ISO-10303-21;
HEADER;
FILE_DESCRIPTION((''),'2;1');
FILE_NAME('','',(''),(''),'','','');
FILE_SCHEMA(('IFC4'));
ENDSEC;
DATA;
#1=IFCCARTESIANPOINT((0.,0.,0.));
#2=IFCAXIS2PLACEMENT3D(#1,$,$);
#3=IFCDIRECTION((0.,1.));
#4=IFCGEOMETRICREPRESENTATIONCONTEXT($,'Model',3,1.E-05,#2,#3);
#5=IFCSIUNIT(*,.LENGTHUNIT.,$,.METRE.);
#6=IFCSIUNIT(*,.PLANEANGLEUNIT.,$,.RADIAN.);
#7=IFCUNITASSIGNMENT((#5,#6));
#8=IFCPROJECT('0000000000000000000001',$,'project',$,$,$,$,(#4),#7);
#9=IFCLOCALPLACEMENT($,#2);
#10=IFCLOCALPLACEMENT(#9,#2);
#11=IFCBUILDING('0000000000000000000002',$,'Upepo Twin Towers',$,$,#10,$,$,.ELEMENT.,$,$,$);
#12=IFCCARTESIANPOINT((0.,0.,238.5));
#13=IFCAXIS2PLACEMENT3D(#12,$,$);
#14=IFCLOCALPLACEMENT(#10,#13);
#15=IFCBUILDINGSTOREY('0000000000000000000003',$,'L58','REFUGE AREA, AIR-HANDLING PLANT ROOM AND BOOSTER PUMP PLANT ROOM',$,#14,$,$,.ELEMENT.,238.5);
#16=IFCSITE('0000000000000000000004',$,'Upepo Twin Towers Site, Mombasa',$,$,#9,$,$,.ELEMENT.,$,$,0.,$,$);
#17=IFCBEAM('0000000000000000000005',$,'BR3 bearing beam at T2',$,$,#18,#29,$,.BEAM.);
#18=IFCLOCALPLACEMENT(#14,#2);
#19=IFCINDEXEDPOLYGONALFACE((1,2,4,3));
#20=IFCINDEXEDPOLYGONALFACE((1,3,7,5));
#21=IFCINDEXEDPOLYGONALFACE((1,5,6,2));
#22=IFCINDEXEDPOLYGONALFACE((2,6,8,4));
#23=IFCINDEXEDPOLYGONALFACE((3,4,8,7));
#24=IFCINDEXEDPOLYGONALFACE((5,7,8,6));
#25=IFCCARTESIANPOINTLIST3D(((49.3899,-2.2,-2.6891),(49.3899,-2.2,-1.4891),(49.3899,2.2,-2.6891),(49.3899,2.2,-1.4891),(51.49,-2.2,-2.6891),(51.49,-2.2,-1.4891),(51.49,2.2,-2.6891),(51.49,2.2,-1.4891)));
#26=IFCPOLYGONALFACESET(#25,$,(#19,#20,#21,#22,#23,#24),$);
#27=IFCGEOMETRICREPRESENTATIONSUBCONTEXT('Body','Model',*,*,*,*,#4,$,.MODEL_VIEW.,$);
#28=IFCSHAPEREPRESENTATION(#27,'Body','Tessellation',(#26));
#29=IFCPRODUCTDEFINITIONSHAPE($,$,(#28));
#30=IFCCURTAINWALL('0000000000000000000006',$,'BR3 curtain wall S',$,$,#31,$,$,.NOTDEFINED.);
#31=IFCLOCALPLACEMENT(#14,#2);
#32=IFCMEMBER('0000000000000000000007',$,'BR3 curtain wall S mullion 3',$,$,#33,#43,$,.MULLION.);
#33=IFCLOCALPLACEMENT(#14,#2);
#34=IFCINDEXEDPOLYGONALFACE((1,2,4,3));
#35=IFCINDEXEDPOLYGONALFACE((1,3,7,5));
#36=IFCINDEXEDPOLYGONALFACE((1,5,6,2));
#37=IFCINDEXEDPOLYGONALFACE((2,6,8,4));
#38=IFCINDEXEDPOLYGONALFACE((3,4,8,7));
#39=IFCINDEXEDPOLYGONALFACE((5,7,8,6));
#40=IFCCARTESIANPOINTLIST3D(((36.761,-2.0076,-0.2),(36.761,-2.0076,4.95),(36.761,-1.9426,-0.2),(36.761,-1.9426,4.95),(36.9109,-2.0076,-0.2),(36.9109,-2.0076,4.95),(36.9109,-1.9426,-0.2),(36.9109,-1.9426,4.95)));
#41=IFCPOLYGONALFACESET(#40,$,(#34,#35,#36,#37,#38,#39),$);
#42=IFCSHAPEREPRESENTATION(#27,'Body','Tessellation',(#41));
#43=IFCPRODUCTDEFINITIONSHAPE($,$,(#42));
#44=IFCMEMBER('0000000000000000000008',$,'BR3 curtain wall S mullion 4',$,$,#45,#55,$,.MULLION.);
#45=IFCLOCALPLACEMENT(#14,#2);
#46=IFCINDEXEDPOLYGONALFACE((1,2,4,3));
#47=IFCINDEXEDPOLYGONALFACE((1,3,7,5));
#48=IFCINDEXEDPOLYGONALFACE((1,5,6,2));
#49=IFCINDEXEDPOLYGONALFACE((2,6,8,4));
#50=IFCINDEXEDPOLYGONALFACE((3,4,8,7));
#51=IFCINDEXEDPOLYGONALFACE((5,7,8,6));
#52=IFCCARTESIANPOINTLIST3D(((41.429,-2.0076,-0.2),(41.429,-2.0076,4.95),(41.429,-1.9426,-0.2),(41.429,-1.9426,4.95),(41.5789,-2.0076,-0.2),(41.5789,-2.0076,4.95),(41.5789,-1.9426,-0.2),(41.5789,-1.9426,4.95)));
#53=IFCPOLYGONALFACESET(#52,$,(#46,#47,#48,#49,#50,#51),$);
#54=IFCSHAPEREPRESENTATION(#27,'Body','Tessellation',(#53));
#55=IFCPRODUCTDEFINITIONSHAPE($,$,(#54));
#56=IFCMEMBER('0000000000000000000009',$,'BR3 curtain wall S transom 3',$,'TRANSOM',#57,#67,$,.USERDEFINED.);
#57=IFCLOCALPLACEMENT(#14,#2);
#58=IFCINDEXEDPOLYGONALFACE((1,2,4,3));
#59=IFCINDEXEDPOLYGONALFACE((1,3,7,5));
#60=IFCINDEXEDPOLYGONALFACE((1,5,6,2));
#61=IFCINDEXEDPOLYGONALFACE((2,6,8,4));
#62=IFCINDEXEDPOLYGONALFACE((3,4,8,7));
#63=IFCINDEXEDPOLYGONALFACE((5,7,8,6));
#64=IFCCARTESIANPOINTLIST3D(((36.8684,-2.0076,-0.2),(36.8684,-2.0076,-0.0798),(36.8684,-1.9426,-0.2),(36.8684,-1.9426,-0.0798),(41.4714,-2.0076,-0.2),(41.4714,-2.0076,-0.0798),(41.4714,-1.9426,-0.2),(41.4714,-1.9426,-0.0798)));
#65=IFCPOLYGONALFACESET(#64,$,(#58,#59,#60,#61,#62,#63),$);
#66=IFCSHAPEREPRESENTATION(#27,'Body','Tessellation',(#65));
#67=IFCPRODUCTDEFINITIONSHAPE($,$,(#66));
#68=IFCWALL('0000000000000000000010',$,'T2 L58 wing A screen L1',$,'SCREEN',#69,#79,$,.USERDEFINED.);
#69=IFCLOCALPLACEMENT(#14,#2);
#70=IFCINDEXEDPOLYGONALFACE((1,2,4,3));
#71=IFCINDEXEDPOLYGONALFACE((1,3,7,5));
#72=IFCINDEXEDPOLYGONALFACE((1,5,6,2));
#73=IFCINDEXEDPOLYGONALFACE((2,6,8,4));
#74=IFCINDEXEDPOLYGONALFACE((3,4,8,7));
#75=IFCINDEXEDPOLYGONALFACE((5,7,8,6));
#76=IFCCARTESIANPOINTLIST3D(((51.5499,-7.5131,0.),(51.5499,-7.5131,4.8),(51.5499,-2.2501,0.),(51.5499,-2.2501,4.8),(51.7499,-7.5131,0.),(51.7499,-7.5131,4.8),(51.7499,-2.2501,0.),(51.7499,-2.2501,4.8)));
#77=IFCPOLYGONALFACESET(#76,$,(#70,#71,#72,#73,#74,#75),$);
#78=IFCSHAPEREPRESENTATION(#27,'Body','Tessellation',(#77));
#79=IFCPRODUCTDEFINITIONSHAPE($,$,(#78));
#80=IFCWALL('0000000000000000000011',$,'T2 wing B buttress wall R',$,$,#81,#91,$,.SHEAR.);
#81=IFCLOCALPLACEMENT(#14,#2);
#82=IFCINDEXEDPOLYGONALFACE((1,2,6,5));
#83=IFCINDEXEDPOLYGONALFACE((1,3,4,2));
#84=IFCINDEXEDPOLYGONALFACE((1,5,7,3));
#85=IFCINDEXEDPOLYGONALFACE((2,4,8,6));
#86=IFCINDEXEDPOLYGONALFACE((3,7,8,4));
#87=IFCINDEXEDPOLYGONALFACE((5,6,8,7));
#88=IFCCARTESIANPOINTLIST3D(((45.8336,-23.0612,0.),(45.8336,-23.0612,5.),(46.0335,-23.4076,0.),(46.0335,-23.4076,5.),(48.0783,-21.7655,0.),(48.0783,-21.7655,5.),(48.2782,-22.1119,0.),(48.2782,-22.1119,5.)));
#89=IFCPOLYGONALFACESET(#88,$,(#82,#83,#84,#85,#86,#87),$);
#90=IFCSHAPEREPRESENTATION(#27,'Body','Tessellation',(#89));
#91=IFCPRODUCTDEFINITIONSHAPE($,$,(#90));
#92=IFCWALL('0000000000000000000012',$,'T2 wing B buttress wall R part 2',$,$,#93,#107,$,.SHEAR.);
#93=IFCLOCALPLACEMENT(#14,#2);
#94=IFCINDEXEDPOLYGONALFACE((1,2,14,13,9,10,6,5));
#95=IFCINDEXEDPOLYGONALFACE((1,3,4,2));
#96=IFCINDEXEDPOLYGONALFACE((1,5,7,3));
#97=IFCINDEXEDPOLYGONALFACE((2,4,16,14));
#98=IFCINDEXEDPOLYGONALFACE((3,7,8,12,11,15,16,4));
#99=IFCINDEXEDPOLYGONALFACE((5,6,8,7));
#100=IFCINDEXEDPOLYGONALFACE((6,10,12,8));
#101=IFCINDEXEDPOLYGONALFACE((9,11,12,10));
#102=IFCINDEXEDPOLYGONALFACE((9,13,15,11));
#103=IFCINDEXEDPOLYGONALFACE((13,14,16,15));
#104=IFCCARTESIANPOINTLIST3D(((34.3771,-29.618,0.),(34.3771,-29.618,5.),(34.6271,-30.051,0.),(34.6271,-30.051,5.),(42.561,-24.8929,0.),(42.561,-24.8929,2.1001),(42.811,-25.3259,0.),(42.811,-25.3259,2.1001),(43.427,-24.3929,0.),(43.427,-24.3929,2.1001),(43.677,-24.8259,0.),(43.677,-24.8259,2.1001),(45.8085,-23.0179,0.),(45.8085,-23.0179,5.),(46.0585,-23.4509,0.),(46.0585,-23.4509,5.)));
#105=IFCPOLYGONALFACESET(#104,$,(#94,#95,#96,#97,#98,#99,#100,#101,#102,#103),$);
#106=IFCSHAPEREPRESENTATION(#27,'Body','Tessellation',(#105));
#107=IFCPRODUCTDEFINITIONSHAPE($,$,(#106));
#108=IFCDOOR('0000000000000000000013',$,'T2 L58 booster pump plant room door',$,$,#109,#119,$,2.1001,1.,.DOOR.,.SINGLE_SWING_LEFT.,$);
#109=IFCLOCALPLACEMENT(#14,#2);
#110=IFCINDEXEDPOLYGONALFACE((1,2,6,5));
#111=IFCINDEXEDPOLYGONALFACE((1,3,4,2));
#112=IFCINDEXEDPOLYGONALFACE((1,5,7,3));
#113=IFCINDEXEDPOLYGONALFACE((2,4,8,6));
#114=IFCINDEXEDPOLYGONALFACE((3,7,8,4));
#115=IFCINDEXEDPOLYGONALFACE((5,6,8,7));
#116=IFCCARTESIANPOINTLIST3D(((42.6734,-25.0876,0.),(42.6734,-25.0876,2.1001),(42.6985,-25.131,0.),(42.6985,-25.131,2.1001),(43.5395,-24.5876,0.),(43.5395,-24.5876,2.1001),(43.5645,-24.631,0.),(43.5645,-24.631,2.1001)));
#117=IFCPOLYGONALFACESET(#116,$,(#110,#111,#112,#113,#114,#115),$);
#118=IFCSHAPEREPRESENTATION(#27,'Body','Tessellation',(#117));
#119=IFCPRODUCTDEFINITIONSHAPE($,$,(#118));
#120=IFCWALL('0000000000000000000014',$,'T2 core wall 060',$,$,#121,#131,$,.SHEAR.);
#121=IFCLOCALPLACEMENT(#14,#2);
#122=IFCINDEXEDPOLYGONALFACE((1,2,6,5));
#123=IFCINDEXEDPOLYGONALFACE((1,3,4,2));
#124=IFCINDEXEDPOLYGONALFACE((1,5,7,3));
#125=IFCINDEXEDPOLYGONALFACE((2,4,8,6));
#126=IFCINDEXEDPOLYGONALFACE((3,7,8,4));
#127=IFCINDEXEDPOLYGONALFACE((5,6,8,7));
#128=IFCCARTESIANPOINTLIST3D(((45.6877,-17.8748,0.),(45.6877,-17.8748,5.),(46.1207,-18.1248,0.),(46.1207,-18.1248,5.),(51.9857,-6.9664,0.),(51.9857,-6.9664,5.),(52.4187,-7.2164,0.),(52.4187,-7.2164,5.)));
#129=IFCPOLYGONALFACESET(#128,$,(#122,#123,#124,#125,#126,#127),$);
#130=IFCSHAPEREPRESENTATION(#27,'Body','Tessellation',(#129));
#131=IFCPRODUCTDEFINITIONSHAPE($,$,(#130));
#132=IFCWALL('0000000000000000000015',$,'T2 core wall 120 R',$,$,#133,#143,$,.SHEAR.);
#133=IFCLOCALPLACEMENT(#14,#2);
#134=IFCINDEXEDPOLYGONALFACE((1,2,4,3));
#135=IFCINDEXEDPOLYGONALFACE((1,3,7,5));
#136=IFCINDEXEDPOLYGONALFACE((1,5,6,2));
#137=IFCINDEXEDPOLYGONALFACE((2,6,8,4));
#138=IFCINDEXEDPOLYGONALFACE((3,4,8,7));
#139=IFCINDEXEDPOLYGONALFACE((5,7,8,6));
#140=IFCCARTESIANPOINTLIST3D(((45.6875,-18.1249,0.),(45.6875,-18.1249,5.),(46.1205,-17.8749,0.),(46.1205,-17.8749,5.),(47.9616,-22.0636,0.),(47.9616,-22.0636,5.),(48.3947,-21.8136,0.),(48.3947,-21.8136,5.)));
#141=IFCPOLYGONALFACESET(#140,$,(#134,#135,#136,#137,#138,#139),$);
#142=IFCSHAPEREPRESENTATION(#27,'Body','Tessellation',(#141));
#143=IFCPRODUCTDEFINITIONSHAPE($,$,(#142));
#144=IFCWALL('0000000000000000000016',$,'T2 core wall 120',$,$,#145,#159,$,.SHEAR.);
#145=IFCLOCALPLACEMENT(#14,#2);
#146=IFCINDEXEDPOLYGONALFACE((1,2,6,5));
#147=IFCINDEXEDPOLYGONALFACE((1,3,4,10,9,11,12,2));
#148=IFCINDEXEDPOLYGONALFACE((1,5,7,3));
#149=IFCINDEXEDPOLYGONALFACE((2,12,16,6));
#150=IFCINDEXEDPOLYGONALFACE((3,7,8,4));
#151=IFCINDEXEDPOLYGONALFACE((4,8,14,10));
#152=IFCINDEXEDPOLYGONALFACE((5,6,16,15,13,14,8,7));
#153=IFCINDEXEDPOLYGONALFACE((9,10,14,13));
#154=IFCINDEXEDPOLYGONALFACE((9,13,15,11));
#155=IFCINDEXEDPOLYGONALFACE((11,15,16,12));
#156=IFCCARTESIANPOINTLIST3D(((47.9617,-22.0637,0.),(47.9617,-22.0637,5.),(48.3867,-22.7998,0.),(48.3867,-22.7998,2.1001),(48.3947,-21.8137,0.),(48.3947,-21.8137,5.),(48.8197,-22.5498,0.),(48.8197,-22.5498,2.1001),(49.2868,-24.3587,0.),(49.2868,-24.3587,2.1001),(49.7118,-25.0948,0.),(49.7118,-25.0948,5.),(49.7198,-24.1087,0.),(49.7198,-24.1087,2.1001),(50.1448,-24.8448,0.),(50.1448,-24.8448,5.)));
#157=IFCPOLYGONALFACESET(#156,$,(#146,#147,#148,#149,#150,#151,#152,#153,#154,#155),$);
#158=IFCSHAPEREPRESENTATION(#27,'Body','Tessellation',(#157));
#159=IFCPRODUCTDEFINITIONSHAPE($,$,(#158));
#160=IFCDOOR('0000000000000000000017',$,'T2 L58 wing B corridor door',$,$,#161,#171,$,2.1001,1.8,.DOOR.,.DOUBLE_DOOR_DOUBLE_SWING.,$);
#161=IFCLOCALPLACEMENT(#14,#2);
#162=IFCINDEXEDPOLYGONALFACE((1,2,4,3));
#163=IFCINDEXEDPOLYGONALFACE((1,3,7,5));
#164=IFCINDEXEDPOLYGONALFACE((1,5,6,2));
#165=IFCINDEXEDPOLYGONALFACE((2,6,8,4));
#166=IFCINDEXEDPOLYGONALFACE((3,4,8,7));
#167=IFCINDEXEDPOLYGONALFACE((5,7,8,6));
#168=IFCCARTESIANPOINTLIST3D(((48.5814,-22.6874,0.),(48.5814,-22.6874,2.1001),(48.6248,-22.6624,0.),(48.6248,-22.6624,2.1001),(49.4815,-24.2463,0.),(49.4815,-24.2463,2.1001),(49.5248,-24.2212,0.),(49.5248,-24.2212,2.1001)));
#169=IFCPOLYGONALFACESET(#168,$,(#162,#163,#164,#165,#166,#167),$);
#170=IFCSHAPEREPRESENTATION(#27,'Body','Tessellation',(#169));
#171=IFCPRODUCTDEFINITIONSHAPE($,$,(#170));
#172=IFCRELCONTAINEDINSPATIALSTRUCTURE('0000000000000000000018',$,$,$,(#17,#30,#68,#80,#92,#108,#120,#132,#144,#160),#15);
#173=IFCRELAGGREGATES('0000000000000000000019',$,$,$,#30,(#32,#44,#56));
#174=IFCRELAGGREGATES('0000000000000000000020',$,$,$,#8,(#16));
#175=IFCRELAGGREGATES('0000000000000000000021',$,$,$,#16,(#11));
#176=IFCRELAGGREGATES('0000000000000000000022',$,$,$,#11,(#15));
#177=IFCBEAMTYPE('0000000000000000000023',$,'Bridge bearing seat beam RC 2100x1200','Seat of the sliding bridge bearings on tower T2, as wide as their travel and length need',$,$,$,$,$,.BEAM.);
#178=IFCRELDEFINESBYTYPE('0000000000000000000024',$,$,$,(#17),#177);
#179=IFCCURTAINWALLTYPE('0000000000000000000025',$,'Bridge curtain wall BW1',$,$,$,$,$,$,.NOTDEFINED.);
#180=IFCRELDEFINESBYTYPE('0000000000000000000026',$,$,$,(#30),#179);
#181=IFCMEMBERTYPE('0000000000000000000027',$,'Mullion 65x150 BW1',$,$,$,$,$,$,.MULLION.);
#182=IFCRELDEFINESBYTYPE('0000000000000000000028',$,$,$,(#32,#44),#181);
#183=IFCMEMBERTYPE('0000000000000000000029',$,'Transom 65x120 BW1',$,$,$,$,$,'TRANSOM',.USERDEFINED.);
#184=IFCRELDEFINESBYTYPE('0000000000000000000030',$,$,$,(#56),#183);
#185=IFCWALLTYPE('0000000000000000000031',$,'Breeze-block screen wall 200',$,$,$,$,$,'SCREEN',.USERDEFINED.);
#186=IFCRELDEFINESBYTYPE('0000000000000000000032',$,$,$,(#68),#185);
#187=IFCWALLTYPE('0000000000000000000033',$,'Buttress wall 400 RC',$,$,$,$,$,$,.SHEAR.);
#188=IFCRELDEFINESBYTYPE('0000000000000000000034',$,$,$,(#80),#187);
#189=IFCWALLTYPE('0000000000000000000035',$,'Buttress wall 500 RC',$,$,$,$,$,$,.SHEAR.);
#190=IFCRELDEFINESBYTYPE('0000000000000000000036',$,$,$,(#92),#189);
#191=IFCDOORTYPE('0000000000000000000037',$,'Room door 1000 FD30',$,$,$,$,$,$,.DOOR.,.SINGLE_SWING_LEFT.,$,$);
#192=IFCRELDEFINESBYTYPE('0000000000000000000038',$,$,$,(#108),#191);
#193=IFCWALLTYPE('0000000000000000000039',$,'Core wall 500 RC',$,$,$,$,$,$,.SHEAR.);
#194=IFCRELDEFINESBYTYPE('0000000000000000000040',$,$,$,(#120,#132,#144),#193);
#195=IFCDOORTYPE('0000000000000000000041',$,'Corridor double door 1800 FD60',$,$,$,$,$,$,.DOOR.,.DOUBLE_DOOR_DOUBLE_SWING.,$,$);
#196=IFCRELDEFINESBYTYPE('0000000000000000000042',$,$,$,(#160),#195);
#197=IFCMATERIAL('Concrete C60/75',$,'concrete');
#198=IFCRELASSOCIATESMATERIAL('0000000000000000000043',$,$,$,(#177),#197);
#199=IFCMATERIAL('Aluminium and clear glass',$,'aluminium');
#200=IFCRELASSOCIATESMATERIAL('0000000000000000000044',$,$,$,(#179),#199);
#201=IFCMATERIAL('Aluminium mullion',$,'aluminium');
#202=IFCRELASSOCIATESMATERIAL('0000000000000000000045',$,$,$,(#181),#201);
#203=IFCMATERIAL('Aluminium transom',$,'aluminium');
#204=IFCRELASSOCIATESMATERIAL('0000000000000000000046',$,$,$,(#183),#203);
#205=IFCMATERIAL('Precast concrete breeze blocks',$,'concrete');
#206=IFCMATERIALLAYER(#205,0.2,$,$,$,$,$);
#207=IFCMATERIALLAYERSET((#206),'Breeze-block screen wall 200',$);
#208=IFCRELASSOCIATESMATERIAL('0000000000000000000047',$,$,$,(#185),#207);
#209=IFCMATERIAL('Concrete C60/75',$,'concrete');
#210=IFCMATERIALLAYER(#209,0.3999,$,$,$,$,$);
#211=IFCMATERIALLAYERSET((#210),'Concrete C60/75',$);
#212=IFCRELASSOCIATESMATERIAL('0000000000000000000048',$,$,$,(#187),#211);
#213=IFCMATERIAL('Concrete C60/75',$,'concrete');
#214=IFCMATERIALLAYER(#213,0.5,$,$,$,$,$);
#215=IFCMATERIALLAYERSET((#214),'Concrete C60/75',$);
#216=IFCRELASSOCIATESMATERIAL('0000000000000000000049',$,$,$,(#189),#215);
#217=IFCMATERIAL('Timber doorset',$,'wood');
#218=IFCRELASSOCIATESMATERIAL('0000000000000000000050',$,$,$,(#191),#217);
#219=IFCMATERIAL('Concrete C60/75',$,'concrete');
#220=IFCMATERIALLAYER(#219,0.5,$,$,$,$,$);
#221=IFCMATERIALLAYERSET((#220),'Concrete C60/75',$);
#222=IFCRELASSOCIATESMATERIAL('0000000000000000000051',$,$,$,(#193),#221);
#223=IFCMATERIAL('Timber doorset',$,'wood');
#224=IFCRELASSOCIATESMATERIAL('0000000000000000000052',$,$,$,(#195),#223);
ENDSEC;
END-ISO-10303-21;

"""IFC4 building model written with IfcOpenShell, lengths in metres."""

from ifc_helpers import new_model, si_unit, direction, frame, frame_2d, origin, origin_2d, place, context, subcontext, project, spatial, rectangle, extrude, material, layer, layer_set, material_profile, profile_set, type_object, element, fill, aggregate, save


model = new_model("IFC4")

# Units and contexts
model_context = context("Model", 3, precision=1e-05, world=origin(), true_north=direction((0.0, 1.0)))
body_context = subcontext(model_context, "Body", "Model", "MODEL_VIEW")
ifc_project = project(units=[si_unit("LENGTHUNIT", "METRE"), si_unit("PLANEANGLEUNIT", "RADIAN")], contexts=[model_context])

# Site, building, storey
site_placement = place(None, origin())
site = spatial("IfcSite", under=ifc_project, at=site_placement, Name="Upepo Twin Towers Site, Mombasa", CompositionType="ELEMENT", RefElevation=0.0)
building_placement = place(site_placement, origin())
building = spatial("IfcBuilding", under=site, at=building_placement, Name="Upepo Twin Towers", CompositionType="ELEMENT")
storey_placement = place(building_placement, frame((0.0, 0.0, 238.5)))
storey = spatial("IfcBuildingStorey", under=building, at=storey_placement, Name="L58", Description="REFUGE AREA, AIR-HANDLING PLANT ROOM AND BOOSTER PUMP PLANT ROOM", CompositionType="ELEMENT", Elevation=238.5)

# Beam
ifc_material_1 = material(Name="Concrete C60/75", Category="concrete")
ifc_material_profile_1 = material_profile(ifc_material_1, rectangle(XDim=2.1001, YDim=1.2, at=origin_2d()), Name="RC 2100x1200")
ifc_profile_set_1 = profile_set([ifc_material_profile_1], Name="Concrete C60/75")
beam_type_1 = type_object("IfcBeamType", Name="Bridge bearing seat beam RC 2100x1200", Description="Seat of the sliding bridge bearings on tower T2, as wide as their travel and length need", PredefinedType="BEAM", material=ifc_profile_set_1)
beam_1_placement = place(storey_placement, frame((50.4399, -2.2, -2.0891), z_axis=(0.0, 1.0, 0.0), x_axis=(-1.0, 0.0, 0.0)))
element("IfcBeam", 1, at=beam_1_placement, inside=storey, type_object=beam_type_1, Name="BR3 bearing beam at T2", PredefinedType="BEAM", context=body_context, shape_type="SweptSolid", body=[
    extrude(rectangle(XDim=2.1001, YDim=1.2, at=origin_2d()), origin(), (0.0, 0.0, 1.0), 4.3999),
])

# Curtain wall, members
ifc_material_2 = material(Name="Aluminium and clear glass", Category="aluminium")
curtain_wall_type = type_object("IfcCurtainWallType", Name="Bridge curtain wall BW1", PredefinedType="NOTDEFINED", material=ifc_material_2)
curtain_wall_placement = place(storey_placement, origin())
curtain_wall = element("IfcCurtainWall", 2, at=curtain_wall_placement, inside=storey, type_object=curtain_wall_type, Name="BR3 curtain wall S", PredefinedType="NOTDEFINED")
ifc_material_3 = material(Name="Aluminium mullion", Category="aluminium")
ifc_material_profile_2 = material_profile(ifc_material_3, rectangle(XDim=0.0649, YDim=0.1499, at=origin_2d()), Name="MULLION 65x150 BRIDGE")
ifc_profile_set_2 = profile_set([ifc_material_profile_2], Name="Aluminium mullion")
member_type_1 = type_object("IfcMemberType", Name="Mullion 65x150 BW1", PredefinedType="MULLION", material=ifc_profile_set_2)
member_1_placement = place(storey_placement, frame((36.8359, -1.9751, -0.2), z_axis=(0.0, 0.0, 1.0), x_axis=(0.0, 1.0, 0.0)))
member_1 = element("IfcMember", 3, at=member_1_placement, type_object=member_type_1, Name="BR3 curtain wall S mullion 3", PredefinedType="MULLION", context=body_context, shape_type="SweptSolid", body=[
    extrude(rectangle(XDim=0.0649, YDim=0.1499, at=origin_2d()), origin(), (0.0, 0.0, 1.0), 5.1499),
])
member_2_placement = place(storey_placement, frame((41.5039, -1.9751, -0.2), z_axis=(0.0, 0.0, 1.0), x_axis=(0.0, 1.0, 0.0)))
member_2 = element("IfcMember", 4, at=member_2_placement, type_object=member_type_1, Name="BR3 curtain wall S mullion 4", PredefinedType="MULLION", context=body_context, shape_type="SweptSolid", body=[
    extrude(rectangle(XDim=0.0649, YDim=0.1499, at=origin_2d()), origin(), (0.0, 0.0, 1.0), 5.1499),
])
ifc_material_4 = material(Name="Aluminium transom", Category="aluminium")
ifc_material_profile_3 = material_profile(ifc_material_4, rectangle(XDim=0.0649, YDim=0.1201, at=origin_2d()), Name="TRANSOM 65x120 BRIDGE")
ifc_profile_set_3 = profile_set([ifc_material_profile_3], Name="Aluminium transom")
member_type_2 = type_object("IfcMemberType", Name="Transom 65x120 BW1", ElementType="TRANSOM", PredefinedType="USERDEFINED", material=ifc_profile_set_3)
member_3_placement = place(storey_placement, frame((36.8684, -1.9751, -0.1399), z_axis=(1.0, 0.0, 0.0), x_axis=(0.0, 1.0, 0.0)))
member_3 = element("IfcMember", 5, at=member_3_placement, type_object=member_type_2, Name="BR3 curtain wall S transom 3", ObjectType="TRANSOM", PredefinedType="USERDEFINED", context=body_context, shape_type="SweptSolid", body=[
    extrude(rectangle(XDim=0.0649, YDim=0.1201, at=origin_2d()), origin(), (0.0, 0.0, 1.0), 4.603),
])
aggregate(curtain_wall, [member_1, member_2, member_3])

# Walls
ifc_material_5 = material(Name="Precast concrete breeze blocks", Category="concrete")
ifc_layer_1 = layer(ifc_material_5, 0.2)
ifc_layer_set_1 = layer_set([ifc_layer_1], Name="Breeze-block screen wall 200")
wall_type_1 = type_object("IfcWallType", Name="Breeze-block screen wall 200", ElementType="SCREEN", PredefinedType="USERDEFINED", material=ifc_layer_set_1)
wall_1_placement = place(storey_placement, frame((51.6499, -7.5129, 0.0), z_axis=(0.0, 0.0, 1.0), x_axis=(0.0, 1.0, 0.0)))
element("IfcWall", 6, at=wall_1_placement, inside=storey, type_object=wall_type_1, Name="T2 L58 wing A screen L1", ObjectType="SCREEN", PredefinedType="USERDEFINED", context=body_context, shape_type="SweptSolid", body=[
    extrude(rectangle(XDim=5.2629, YDim=0.2, at=frame_2d((2.6313, 0.0))), origin(), (0.0, 0.0, 1.0), 4.8),
])
ifc_material_6 = material(Name="Concrete C60/75", Category="concrete")
ifc_layer_2 = layer(ifc_material_6, 0.3999)
ifc_layer_set_2 = layer_set([ifc_layer_2], Name="Concrete C60/75")
wall_type_2 = type_object("IfcWallType", Name="Buttress wall 400 RC", PredefinedType="SHEAR", material=ifc_layer_set_2)
wall_2_placement = place(storey_placement, frame((48.1782, -21.9387, 0.0), z_axis=(0.0, 0.0, 1.0), x_axis=(-0.866073, -0.499918, 0.0)))
element("IfcWall", 7, at=wall_2_placement, inside=storey, type_object=wall_type_2, Name="T2 wing B buttress wall R", PredefinedType="SHEAR", context=body_context, shape_type="SweptSolid", body=[
    extrude(rectangle(XDim=2.5918, YDim=0.3999, at=frame_2d((1.2959, 0.0))), origin(), (0.0, 0.0, 1.0), 5.0),
])

# Wall, opening, door
ifc_material_7 = material(Name="Concrete C60/75", Category="concrete")
ifc_layer_3 = layer(ifc_material_7, 0.5)
ifc_layer_set_3 = layer_set([ifc_layer_3], Name="Concrete C60/75")
wall_type_3 = type_object("IfcWallType", Name="Buttress wall 500 RC", PredefinedType="SHEAR", material=ifc_layer_set_3)
wall_3_placement = place(storey_placement, frame((45.9336, -23.2344, 0.0), z_axis=(0.0, 0.0, 1.0), x_axis=(-0.86602, -0.50001, 0.0)))
wall_3 = element("IfcWall", 8, at=wall_3_placement, inside=storey, type_object=wall_type_3, Name="T2 wing B buttress wall R part 2", PredefinedType="SHEAR", context=body_context, shape_type="SweptSolid", body=[
    extrude(rectangle(XDim=13.2, YDim=0.5, at=frame_2d((6.6001, 0.0))), origin(), (0.0, 0.0, 1.0), 5.0),
])
opening_1_placement = place(wall_3_placement, frame((2.75, 0.0, 0.0)))
opening_1 = element("IfcOpeningElement", 9, at=opening_1_placement, cuts=wall_3, PredefinedType="OPENING", context=body_context, shape_type="SweptSolid", body=[
    extrude(rectangle(XDim=1.0, YDim=2.1001, at=frame_2d((0.5, 1.05))), frame((0.0, 0.26, 0.0), z_axis=(0.0, -1.0, 0.0), x_axis=(1.0, 0.0, 0.0)), (0.0, 0.0, 1.0), 0.52),
])
ifc_material_8 = material(Name="Timber doorset", Category="wood")
door_type_1 = type_object("IfcDoorType", Name="Room door 1000 FD30", OperationType="SINGLE_SWING_LEFT", PredefinedType="DOOR", material=ifc_material_8)
door_1_placement = place(opening_1_placement, origin())
door_1 = element("IfcDoor", 10, at=door_1_placement, inside=storey, type_object=door_type_1, Name="T2 L58 booster pump plant room door", OperationType="SINGLE_SWING_LEFT", OverallHeight=2.1001, OverallWidth=1.0, PredefinedType="DOOR", context=body_context, shape_type="SweptSolid", body=[
    extrude(rectangle(XDim=1.0, YDim=2.1001, at=frame_2d((0.5, 1.05))), frame((0.0, 0.0249, 0.0), z_axis=(0.0, -1.0, 0.0), x_axis=(1.0, 0.0, 0.0)), (0.0, 0.0, 1.0), 0.05),
])
fill(opening_1, door_1)

# Walls
ifc_material_9 = material(Name="Concrete C60/75", Category="concrete")
ifc_layer_4 = layer(ifc_material_9, 0.5)
ifc_layer_set_4 = layer_set([ifc_layer_4], Name="Concrete C60/75")
wall_type_4 = type_object("IfcWallType", Name="Core wall 500 RC", PredefinedType="SHEAR", material=ifc_layer_set_4)
wall_4_placement = place(storey_placement, frame((52.2021, -7.0916, 0.0), z_axis=(0.0, 0.0, 1.0), x_axis=(-0.500006, -0.866022, 0.0)))
element("IfcWall", 11, at=wall_4_placement, inside=storey, type_object=wall_type_4, Name="T2 core wall 060", PredefinedType="SHEAR", context=body_context, shape_type="SweptSolid", body=[
    extrude(rectangle(XDim=12.5959, YDim=0.5, at=frame_2d((6.2979, 0.0))), origin(), (0.0, 0.0, 1.0), 5.0),
])
wall_5_placement = place(storey_placement, frame((45.9041, -18.0, 0.0), z_axis=(0.0, 0.0, 1.0), x_axis=(0.500024, -0.866011, 0.0)))
element("IfcWall", 12, at=wall_5_placement, inside=storey, type_object=wall_type_4, Name="T2 core wall 120 R", PredefinedType="SHEAR", context=body_context, shape_type="SweptSolid", body=[
    extrude(rectangle(XDim=4.5481, YDim=0.5, at=frame_2d((2.2739, 0.0))), origin(), (0.0, 0.0, 1.0), 5.0),
])

# Wall, opening, door
wall_6_placement = place(storey_placement, frame((48.1782, -21.9387, 0.0), z_axis=(0.0, 0.0, 1.0), x_axis=(0.50001, -0.866019, 0.0)))
wall_6 = element("IfcWall", 13, at=wall_6_placement, inside=storey, type_object=wall_type_4, Name="T2 core wall 120", PredefinedType="SHEAR", context=body_context, shape_type="SweptSolid", body=[
    extrude(rectangle(XDim=3.5, YDim=0.5, at=frame_2d((1.75, 0.0))), origin(), (0.0, 0.0, 1.0), 5.0),
])
opening_2_placement = place(wall_6_placement, frame((0.8501, 0.0, 0.0)))
opening_2 = element("IfcOpeningElement", 14, at=opening_2_placement, cuts=wall_6, PredefinedType="OPENING", context=body_context, shape_type="SweptSolid", body=[
    extrude(rectangle(XDim=1.8, YDim=2.1001, at=frame_2d((0.8999, 1.05))), frame((0.0, 0.26, 0.0), z_axis=(0.0, -1.0, 0.0), x_axis=(1.0, 0.0, 0.0)), (0.0, 0.0, 1.0), 0.52),
])
ifc_material_10 = material(Name="Timber doorset", Category="wood")
door_type_2 = type_object("IfcDoorType", Name="Corridor double door 1800 FD60", OperationType="DOUBLE_DOOR_DOUBLE_SWING", PredefinedType="DOOR", material=ifc_material_10)
door_2_placement = place(opening_2_placement, origin())
door_2 = element("IfcDoor", 15, at=door_2_placement, inside=storey, type_object=door_type_2, Name="T2 L58 wing B corridor door", OperationType="DOUBLE_DOOR_DOUBLE_SWING", OverallHeight=2.1001, OverallWidth=1.8, PredefinedType="DOOR", context=body_context, shape_type="SweptSolid", body=[
    extrude(rectangle(XDim=1.8, YDim=2.1001, at=frame_2d((0.8999, 1.05))), frame((0.0, 0.0249, 0.0), z_axis=(0.0, -1.0, 0.0), x_axis=(1.0, 0.0, 0.0)), (0.0, 0.0, 1.0), 0.05),
])
fill(opening_2, door_2)

save(model, "model.ifc")
